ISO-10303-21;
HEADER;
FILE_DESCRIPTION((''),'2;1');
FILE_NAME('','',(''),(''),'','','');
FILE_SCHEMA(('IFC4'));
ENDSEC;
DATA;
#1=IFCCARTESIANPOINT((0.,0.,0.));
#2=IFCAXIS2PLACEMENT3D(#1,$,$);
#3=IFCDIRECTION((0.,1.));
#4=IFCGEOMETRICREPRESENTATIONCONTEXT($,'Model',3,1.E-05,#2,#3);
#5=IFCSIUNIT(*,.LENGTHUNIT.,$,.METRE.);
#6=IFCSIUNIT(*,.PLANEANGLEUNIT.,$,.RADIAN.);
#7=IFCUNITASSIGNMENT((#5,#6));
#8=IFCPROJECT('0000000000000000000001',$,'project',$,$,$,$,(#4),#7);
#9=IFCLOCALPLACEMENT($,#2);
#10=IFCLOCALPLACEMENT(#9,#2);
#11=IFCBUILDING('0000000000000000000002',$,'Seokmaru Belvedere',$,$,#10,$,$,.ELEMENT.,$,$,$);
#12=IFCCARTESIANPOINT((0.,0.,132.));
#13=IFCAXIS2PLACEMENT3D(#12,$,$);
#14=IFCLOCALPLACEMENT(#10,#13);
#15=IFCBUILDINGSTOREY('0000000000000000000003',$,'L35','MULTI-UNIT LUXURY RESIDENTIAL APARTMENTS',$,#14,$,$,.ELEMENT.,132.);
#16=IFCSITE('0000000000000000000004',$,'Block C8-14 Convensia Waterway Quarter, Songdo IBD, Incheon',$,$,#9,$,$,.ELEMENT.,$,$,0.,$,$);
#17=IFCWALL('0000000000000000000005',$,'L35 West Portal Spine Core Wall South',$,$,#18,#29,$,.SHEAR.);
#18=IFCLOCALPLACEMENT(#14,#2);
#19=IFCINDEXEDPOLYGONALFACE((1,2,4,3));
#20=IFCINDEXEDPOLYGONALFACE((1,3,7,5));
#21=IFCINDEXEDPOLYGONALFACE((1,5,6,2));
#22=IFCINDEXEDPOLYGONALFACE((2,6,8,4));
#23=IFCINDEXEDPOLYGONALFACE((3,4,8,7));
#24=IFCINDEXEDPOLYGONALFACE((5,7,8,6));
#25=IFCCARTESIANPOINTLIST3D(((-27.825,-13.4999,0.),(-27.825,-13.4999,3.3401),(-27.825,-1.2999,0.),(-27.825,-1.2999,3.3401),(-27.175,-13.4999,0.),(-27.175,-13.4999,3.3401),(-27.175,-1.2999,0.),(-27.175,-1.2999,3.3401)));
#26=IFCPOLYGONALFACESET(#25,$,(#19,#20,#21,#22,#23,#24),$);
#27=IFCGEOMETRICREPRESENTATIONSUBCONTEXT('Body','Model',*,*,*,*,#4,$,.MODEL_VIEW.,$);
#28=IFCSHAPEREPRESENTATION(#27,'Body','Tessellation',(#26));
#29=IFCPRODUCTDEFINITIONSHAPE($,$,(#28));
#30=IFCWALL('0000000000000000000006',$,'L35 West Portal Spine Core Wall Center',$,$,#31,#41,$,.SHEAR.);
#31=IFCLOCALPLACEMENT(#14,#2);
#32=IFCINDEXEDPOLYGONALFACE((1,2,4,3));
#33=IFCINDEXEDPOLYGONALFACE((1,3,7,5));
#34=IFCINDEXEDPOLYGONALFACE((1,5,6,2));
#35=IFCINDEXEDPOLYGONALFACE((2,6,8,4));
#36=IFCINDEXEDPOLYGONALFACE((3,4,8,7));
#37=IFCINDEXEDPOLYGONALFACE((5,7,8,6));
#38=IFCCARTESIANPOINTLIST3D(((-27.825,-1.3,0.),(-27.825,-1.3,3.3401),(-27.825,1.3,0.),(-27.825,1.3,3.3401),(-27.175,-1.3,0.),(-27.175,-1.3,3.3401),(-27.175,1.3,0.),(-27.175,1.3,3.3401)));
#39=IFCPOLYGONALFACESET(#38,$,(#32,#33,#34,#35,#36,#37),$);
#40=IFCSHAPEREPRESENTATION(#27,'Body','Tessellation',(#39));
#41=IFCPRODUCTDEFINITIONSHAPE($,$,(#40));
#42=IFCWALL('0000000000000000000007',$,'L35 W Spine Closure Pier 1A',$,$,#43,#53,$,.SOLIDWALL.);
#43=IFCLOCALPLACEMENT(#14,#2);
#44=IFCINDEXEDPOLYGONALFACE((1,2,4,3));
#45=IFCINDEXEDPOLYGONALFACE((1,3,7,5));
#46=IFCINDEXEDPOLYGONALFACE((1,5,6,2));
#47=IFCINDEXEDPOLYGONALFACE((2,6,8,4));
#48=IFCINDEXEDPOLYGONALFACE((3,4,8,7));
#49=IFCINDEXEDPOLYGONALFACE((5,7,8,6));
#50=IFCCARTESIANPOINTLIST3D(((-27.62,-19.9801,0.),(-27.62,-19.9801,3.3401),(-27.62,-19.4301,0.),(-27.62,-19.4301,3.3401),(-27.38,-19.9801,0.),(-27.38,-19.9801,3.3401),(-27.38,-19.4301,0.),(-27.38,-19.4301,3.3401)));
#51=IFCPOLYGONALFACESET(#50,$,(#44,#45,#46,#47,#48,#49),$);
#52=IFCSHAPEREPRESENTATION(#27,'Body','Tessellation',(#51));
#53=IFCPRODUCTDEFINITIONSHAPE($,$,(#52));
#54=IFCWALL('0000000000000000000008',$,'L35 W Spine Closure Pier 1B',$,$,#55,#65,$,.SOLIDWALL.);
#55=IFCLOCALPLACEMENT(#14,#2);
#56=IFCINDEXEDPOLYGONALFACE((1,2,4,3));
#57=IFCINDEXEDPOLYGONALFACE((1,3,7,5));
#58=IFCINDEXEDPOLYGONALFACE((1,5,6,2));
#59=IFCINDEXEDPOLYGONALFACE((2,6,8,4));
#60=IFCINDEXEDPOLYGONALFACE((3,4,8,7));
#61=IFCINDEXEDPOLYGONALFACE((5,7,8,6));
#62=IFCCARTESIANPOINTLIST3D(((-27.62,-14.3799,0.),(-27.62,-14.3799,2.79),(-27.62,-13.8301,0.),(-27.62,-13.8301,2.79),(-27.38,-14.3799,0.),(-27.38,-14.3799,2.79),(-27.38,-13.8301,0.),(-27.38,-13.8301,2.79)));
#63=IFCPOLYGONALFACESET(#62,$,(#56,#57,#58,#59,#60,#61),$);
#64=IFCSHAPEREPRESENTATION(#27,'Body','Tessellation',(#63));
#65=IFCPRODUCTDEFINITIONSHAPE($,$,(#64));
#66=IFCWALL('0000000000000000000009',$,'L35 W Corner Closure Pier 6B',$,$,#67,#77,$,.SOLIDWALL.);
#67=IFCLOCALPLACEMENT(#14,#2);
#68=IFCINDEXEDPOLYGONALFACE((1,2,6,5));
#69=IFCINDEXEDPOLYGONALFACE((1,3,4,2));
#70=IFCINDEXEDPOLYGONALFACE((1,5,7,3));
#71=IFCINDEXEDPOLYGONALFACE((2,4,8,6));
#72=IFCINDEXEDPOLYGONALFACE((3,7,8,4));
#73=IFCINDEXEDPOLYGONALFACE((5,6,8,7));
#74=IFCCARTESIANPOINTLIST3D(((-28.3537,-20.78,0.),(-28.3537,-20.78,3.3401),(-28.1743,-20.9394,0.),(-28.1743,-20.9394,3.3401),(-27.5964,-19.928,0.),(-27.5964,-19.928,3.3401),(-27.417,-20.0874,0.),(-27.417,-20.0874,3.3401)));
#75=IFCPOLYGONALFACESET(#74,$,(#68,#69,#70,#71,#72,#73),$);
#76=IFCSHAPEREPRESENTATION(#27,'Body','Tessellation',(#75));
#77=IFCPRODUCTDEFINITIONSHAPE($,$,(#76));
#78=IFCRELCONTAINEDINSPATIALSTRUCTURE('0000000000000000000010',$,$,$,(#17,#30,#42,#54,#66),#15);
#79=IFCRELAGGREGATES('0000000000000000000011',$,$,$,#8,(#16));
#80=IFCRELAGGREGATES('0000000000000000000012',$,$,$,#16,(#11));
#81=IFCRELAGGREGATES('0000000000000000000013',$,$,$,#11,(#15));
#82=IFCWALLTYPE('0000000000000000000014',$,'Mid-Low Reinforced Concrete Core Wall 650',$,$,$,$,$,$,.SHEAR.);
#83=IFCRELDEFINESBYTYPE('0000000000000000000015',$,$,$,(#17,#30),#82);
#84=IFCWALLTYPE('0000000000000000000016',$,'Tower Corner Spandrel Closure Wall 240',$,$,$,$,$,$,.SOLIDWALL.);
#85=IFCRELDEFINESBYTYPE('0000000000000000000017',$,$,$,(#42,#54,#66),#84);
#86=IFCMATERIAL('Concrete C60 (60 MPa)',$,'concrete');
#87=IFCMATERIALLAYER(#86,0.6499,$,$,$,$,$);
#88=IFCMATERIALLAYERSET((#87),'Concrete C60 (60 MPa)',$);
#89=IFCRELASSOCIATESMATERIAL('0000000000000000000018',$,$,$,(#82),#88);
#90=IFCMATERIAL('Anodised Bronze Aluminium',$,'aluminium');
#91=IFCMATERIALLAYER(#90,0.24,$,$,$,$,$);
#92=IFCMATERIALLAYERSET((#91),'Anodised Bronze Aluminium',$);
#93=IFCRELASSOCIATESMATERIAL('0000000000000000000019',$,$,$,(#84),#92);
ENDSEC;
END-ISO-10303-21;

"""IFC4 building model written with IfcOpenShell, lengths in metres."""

from ifc_helpers import new_model, si_unit, direction, frame, frame_2d, origin, place, context, subcontext, project, spatial, rectangle, extrude, material, layer, layer_set, type_object, element, save


model = new_model("IFC4")

# Units and contexts
model_context = context("Model", 3, precision=1e-05, world=origin(), true_north=direction((0.0, 1.0)))
body_context = subcontext(model_context, "Body", "Model", "MODEL_VIEW")
ifc_project = project(units=[si_unit("LENGTHUNIT", "METRE"), si_unit("PLANEANGLEUNIT", "RADIAN")], contexts=[model_context])

# Site, building, storey
site_placement = place(None, origin())
site = spatial("IfcSite", under=ifc_project, at=site_placement, Name="Block C8-14 Convensia Waterway Quarter, Songdo IBD, Incheon", CompositionType="ELEMENT", RefElevation=0.0)
building_placement = place(site_placement, origin())
building = spatial("IfcBuilding", under=site, at=building_placement, Name="Seokmaru Belvedere", CompositionType="ELEMENT")
storey_placement = place(building_placement, frame((0.0, 0.0, 132.0)))
storey = spatial("IfcBuildingStorey", under=building, at=storey_placement, Name="L35", Description="MULTI-UNIT LUXURY RESIDENTIAL APARTMENTS", CompositionType="ELEMENT", Elevation=132.0)

# Shared definitions
ifc_material_1 = material(Name="Anodised Bronze Aluminium", Category="aluminium")

# Walls
ifc_material_2 = material(Name="Concrete C60 (60 MPa)", Category="concrete")
ifc_layer_1 = layer(ifc_material_2, 0.6499)
ifc_layer_set_1 = layer_set([ifc_layer_1], Name="Concrete C60 (60 MPa)")
wall_type_1 = type_object("IfcWallType", Name="Mid-Low Reinforced Concrete Core Wall 650", PredefinedType="SHEAR", material=ifc_layer_set_1)
wall_1_placement = place(storey_placement, frame((-27.5, -13.5, 0.0), z_axis=(0.0, 0.0, 1.0), x_axis=(0.0, 1.0, 0.0)))
element("IfcWall", 1, at=wall_1_placement, inside=storey, type_object=wall_type_1, Name="L35 West Portal Spine Core Wall South", PredefinedType="SHEAR", context=body_context, shape_type="SweptSolid", body=[
    extrude(rectangle(XDim=12.2, YDim=0.6499, at=frame_2d((6.1001, 0.0))), origin(), (0.0, 0.0, 1.0), 3.3401),
])
wall_2_placement = place(storey_placement, frame((-27.5, -1.3, 0.0), z_axis=(0.0, 0.0, 1.0), x_axis=(0.0, 1.0, 0.0)))
element("IfcWall", 2, at=wall_2_placement, inside=storey, type_object=wall_type_1, Name="L35 West Portal Spine Core Wall Center", PredefinedType="SHEAR", context=body_context, shape_type="SweptSolid", body=[
    extrude(rectangle(XDim=2.6001, YDim=0.6499, at=frame_2d((1.3, 0.0))), origin(), (0.0, 0.0, 1.0), 3.3401),
])
ifc_layer_2 = layer(ifc_material_1, 0.24)
ifc_layer_set_2 = layer_set([ifc_layer_2], Name="Anodised Bronze Aluminium")
wall_type_2 = type_object("IfcWallType", Name="Tower Corner Spandrel Closure Wall 240", PredefinedType="SOLIDWALL", material=ifc_layer_set_2)
wall_3_placement = place(storey_placement, frame((-27.5, -19.98, 0.0), z_axis=(0.0, 0.0, 1.0), x_axis=(0.0, 1.0, 0.0)))
element("IfcWall", 3, at=wall_3_placement, inside=storey, type_object=wall_type_2, Name="L35 W Spine Closure Pier 1A", PredefinedType="SOLIDWALL", context=body_context, shape_type="SweptSolid", body=[
    extrude(rectangle(XDim=0.55, YDim=0.24, at=frame_2d((0.2749, 0.0))), origin(), (0.0, 0.0, 1.0), 3.3401),
])
wall_4_placement = place(storey_placement, frame((-27.5, -14.3799, 0.0), z_axis=(0.0, 0.0, 1.0), x_axis=(0.0, 1.0, 0.0)))
element("IfcWall", 4, at=wall_4_placement, inside=storey, type_object=wall_type_2, Name="L35 W Spine Closure Pier 1B", PredefinedType="SOLIDWALL", context=body_context, shape_type="SweptSolid", body=[
    extrude(rectangle(XDim=0.5498, YDim=0.24, at=frame_2d((0.2749, 0.0))), origin(), (0.0, 0.0, 1.0), 2.79),
])
wall_5_placement = place(storey_placement, frame((-28.2639, -20.8596, 0.0), z_axis=(0.0, 0.0, 1.0), x_axis=(0.664337, 0.747433, 0.0)))
element("IfcWall", 5, at=wall_5_placement, inside=storey, type_object=wall_type_2, Name="L35 W Corner Closure Pier 6B", PredefinedType="SOLIDWALL", context=body_context, shape_type="SweptSolid", body=[
    extrude(rectangle(XDim=1.1399, YDim=0.24, at=frame_2d((0.5698, 0.0))), origin(), (0.0, 0.0, 1.0), 3.3401),
])

save(model, "model.ifc")
